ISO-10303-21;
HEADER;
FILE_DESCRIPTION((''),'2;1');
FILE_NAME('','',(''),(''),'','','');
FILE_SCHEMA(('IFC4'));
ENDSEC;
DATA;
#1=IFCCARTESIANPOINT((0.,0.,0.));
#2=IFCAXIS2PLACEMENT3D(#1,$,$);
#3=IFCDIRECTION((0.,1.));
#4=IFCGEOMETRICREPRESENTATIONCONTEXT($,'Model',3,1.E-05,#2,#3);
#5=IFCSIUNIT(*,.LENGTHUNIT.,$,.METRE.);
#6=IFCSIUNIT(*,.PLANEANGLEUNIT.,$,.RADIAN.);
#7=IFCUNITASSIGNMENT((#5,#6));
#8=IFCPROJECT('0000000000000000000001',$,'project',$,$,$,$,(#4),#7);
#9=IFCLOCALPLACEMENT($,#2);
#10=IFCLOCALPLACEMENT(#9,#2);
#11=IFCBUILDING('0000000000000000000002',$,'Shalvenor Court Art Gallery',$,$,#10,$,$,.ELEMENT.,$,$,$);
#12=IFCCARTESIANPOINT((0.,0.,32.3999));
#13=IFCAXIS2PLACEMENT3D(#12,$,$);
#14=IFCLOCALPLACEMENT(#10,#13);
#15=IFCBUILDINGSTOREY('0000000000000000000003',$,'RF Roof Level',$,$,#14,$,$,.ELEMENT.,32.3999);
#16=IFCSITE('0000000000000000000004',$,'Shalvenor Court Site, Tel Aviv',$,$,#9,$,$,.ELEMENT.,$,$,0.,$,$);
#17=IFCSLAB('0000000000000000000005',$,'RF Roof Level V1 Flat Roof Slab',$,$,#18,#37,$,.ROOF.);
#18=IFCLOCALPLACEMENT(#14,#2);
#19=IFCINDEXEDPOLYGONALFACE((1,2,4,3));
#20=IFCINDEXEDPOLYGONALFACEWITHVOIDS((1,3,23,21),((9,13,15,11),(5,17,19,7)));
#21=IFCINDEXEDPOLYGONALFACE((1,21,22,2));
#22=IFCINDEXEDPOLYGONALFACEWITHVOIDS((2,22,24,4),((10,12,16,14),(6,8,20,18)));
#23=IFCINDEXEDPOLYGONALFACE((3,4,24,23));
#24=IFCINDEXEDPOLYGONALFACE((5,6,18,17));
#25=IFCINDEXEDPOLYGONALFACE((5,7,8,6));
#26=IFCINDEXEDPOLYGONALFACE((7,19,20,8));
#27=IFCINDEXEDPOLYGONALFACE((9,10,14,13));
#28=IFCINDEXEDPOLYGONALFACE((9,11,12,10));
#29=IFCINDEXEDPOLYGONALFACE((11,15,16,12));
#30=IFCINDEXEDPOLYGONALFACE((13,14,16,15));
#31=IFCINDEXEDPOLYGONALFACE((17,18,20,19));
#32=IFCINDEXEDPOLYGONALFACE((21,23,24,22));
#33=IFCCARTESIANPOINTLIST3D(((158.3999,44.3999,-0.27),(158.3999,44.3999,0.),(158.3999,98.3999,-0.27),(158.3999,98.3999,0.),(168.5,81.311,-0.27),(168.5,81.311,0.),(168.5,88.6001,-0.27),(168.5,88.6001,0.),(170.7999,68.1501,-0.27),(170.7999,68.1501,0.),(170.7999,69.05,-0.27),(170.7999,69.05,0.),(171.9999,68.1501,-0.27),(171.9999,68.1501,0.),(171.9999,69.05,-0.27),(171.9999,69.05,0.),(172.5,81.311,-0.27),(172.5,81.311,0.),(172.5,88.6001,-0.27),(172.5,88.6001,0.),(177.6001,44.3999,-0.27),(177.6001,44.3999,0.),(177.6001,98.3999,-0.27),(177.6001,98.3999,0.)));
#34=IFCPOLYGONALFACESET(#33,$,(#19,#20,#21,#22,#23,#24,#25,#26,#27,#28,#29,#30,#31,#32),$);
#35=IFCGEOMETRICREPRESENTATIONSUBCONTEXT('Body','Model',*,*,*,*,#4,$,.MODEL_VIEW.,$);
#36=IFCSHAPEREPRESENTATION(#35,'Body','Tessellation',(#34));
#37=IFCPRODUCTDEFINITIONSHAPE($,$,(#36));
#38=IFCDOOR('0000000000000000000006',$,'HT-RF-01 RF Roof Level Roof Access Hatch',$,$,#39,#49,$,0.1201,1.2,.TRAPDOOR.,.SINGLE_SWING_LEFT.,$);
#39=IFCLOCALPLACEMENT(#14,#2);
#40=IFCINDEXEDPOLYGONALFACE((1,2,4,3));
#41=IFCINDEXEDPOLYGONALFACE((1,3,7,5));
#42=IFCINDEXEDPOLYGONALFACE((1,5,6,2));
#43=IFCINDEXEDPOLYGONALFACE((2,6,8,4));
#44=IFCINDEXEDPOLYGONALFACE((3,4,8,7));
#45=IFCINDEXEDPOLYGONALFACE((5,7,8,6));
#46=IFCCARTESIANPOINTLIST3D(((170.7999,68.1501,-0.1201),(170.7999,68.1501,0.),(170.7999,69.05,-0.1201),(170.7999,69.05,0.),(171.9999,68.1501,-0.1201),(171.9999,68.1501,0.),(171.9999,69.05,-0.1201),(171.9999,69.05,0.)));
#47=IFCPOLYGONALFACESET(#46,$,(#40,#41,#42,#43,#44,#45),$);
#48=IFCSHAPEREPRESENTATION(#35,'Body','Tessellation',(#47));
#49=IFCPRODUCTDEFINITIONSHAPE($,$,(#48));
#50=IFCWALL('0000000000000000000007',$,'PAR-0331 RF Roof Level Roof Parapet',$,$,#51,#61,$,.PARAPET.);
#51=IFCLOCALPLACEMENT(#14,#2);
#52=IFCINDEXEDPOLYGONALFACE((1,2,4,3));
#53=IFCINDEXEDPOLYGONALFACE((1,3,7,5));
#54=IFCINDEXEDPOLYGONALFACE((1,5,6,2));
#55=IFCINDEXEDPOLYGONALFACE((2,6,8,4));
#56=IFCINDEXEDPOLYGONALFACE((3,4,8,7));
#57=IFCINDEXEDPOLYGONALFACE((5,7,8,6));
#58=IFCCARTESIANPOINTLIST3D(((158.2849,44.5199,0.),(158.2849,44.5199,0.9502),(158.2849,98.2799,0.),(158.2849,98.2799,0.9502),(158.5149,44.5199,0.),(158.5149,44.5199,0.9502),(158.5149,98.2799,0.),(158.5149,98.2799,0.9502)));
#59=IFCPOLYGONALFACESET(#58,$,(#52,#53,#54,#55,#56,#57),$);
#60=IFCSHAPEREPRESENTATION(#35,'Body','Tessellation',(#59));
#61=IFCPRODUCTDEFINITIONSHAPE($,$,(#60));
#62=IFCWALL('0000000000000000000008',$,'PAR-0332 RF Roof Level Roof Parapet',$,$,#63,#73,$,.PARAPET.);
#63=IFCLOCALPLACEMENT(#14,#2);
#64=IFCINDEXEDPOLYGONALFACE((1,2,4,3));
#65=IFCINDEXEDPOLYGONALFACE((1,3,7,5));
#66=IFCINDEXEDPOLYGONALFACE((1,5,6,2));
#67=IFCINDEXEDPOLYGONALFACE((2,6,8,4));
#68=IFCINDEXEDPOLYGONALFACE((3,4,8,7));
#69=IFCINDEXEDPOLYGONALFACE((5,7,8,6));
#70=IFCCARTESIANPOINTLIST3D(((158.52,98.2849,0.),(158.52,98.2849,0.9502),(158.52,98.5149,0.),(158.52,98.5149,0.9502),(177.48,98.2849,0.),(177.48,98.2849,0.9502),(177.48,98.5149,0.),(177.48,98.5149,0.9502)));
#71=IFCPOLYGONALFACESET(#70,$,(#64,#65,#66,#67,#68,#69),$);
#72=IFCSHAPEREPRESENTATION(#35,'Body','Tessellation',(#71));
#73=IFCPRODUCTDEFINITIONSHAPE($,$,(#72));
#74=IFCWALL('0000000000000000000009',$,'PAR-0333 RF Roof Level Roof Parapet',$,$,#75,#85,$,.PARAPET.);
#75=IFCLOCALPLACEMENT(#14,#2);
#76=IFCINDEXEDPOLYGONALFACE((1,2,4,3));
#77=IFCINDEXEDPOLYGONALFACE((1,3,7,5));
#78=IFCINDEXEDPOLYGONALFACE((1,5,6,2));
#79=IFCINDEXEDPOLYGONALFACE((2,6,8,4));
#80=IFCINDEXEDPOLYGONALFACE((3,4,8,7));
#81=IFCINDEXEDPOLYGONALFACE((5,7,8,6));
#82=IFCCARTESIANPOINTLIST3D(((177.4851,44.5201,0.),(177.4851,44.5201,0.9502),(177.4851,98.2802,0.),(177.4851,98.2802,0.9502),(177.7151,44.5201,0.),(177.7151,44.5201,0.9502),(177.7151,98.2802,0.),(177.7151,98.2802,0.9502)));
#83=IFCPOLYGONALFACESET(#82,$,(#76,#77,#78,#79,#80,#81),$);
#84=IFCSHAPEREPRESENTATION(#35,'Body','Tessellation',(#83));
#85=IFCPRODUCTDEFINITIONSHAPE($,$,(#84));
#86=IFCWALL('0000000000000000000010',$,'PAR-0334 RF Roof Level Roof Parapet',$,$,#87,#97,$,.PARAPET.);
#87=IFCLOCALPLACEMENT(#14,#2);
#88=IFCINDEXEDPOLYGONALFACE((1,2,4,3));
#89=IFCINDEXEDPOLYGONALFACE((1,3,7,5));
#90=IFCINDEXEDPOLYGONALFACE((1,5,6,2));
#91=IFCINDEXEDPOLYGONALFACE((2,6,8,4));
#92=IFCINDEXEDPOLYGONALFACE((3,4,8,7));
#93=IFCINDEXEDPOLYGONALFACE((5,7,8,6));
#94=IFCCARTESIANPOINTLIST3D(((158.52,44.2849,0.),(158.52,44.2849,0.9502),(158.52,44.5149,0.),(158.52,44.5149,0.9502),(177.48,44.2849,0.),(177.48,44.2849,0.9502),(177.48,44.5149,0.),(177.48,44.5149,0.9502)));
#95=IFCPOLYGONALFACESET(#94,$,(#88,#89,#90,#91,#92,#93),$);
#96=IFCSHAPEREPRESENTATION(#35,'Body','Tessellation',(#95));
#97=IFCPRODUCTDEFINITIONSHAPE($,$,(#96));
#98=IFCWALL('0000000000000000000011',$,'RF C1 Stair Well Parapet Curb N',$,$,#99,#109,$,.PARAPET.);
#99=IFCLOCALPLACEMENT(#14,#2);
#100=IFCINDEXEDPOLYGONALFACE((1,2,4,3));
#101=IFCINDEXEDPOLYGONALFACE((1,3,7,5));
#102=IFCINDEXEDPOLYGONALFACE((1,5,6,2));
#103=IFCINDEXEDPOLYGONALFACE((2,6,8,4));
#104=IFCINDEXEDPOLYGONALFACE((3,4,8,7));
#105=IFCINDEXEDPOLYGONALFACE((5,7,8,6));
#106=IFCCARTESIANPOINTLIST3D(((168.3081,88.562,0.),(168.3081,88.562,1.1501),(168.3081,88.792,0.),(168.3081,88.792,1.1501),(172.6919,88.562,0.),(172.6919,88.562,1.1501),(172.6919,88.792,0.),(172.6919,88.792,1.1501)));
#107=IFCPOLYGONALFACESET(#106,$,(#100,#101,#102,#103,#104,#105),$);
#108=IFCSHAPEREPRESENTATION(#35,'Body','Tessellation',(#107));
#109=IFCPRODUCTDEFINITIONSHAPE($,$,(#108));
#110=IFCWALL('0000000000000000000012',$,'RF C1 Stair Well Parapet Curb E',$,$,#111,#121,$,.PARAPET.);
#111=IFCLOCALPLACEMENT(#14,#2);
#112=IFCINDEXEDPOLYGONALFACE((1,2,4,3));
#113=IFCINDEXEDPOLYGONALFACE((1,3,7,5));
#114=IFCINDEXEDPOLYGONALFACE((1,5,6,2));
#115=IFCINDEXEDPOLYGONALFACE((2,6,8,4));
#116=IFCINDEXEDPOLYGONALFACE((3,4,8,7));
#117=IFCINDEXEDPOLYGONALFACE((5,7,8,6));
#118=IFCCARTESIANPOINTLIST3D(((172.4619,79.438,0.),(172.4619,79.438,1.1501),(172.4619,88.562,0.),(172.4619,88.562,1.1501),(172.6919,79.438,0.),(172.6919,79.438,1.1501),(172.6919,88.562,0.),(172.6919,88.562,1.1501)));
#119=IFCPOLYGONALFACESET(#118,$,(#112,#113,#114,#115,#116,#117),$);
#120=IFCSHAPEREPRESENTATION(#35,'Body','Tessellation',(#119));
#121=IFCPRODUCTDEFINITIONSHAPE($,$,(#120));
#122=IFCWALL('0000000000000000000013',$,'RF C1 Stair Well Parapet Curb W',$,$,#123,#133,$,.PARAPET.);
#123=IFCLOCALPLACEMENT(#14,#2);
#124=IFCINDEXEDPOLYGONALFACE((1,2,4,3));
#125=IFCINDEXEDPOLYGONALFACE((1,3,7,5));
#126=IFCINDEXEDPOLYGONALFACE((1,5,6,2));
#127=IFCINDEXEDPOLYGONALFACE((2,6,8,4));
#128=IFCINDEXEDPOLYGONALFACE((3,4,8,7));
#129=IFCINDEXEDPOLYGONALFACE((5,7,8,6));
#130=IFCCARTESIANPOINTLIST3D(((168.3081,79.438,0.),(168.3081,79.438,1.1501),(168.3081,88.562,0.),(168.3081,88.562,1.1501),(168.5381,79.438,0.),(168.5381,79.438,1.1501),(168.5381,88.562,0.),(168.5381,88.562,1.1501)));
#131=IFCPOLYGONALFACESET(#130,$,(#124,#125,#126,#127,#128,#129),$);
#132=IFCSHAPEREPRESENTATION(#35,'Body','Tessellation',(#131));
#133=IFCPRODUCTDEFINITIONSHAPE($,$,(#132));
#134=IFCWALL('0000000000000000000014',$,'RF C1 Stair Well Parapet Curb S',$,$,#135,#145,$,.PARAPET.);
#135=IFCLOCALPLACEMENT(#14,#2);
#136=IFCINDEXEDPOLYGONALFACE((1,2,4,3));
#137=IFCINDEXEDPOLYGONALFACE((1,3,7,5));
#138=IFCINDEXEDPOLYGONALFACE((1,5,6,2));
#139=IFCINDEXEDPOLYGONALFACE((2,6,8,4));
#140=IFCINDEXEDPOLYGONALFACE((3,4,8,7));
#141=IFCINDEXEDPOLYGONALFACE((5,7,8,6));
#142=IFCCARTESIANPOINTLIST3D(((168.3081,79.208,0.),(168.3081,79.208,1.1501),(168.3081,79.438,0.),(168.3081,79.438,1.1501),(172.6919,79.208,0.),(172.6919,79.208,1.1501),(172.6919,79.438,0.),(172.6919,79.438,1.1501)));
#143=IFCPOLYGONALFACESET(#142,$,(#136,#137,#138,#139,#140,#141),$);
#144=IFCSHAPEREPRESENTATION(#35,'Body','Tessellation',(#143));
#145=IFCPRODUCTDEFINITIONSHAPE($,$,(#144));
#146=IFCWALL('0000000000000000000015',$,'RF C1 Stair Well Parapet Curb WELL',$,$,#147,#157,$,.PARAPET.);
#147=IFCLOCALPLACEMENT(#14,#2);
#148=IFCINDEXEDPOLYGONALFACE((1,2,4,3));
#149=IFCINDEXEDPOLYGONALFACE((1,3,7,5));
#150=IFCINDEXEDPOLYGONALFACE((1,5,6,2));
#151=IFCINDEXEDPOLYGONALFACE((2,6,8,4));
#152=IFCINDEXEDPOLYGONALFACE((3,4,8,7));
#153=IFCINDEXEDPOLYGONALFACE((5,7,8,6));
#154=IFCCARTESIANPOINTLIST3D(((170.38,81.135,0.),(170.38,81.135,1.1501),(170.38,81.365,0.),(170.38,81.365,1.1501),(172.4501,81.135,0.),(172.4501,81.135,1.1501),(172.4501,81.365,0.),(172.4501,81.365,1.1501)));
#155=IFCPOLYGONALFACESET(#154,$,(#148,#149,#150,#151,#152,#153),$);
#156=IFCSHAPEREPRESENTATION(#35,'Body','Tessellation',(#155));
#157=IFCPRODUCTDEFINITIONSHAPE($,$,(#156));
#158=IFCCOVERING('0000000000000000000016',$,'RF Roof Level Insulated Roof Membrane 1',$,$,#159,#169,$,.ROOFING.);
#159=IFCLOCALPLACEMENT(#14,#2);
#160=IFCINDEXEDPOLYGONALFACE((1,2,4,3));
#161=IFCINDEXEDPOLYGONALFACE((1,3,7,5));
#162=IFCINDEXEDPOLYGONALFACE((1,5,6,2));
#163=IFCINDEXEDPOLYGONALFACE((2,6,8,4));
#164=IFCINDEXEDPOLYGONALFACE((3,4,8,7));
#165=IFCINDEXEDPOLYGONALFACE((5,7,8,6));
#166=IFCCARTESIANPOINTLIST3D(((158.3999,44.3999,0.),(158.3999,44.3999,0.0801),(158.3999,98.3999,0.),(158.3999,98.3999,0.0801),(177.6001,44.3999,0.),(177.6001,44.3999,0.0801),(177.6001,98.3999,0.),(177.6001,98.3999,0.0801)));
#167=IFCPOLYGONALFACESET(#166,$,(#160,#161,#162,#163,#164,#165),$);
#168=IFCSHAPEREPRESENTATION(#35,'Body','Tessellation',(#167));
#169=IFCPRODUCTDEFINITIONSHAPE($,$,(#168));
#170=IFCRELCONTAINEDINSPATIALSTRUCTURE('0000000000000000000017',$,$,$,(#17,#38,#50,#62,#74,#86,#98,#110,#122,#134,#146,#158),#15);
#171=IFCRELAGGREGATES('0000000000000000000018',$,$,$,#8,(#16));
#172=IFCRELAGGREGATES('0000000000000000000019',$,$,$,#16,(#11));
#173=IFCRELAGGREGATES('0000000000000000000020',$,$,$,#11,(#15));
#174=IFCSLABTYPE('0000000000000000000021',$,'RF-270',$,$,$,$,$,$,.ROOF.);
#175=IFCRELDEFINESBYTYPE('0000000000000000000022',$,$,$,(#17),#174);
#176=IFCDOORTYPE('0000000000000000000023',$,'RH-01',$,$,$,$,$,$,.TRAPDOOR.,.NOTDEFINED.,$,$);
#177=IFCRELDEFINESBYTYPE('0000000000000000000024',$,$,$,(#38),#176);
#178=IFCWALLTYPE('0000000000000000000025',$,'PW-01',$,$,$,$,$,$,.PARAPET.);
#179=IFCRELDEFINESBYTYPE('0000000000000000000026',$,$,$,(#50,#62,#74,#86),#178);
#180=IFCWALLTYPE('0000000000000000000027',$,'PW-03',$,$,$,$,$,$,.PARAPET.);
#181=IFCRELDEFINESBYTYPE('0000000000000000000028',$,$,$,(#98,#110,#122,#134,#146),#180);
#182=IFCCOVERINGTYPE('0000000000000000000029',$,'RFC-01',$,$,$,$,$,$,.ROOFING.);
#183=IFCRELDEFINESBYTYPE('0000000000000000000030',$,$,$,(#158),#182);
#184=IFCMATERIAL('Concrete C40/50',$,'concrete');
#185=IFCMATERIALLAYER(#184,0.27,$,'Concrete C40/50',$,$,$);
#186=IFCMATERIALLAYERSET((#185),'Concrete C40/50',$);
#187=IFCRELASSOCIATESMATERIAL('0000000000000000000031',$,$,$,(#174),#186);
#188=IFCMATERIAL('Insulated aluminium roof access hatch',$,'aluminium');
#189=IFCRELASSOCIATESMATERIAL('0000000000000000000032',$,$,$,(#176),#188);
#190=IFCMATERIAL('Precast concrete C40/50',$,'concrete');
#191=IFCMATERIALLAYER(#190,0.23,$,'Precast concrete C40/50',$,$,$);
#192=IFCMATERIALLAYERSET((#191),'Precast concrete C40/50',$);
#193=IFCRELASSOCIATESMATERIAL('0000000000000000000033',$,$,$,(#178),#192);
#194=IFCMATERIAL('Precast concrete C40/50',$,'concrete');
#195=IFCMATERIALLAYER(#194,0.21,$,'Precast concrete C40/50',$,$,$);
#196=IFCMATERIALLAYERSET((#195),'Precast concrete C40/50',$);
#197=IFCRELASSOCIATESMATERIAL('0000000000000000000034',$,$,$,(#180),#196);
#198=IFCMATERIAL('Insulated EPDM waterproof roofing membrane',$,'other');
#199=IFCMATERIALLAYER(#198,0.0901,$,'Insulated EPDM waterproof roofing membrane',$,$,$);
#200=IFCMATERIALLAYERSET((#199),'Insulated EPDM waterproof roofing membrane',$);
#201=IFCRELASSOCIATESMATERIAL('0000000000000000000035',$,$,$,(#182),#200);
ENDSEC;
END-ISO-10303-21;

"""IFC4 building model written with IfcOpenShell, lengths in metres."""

from ifc_helpers import new_model, si_unit, direction, frame, frame_2d, origin, origin_2d, place, context, subcontext, project, spatial, polyline, rectangle, outline, extrude, material, layer, layer_set, type_object, element, fill, save


model = new_model("IFC4")

# Units and contexts
model_context = context("Model", 3, precision=1e-05, world=origin(), true_north=direction((0.0, 1.0)))
body_context = subcontext(model_context, "Body", "Model", "MODEL_VIEW")
ifc_project = project(units=[si_unit("LENGTHUNIT", "METRE"), si_unit("PLANEANGLEUNIT", "RADIAN")], contexts=[model_context])

# Site, building, storey
site_placement = place(None, origin())
site = spatial("IfcSite", under=ifc_project, at=site_placement, Name="Shalvenor Court Site, Tel Aviv", CompositionType="ELEMENT", RefElevation=0.0)
building_placement = place(site_placement, origin())
building = spatial("IfcBuilding", under=site, at=building_placement, Name="Shalvenor Court Art Gallery", CompositionType="ELEMENT")
storey_placement = place(building_placement, frame((0.0, 0.0, 32.3999)))
storey = spatial("IfcBuildingStorey", under=building, at=storey_placement, Name="RF Roof Level", CompositionType="ELEMENT", Elevation=32.3999)

# Slab, opening, door
ifc_material_1 = material(Name="Concrete C40/50", Category="concrete")
ifc_layer_1 = layer(ifc_material_1, 0.27, Name="Concrete C40/50")
ifc_layer_set_1 = layer_set([ifc_layer_1], Name="Concrete C40/50")
slab_type = type_object("IfcSlabType", Name="RF-270", PredefinedType="ROOF", material=ifc_layer_set_1)
slab_placement = place(storey_placement, frame((0.0, 0.0, -0.27)))
slab = element("IfcSlab", 1, at=slab_placement, inside=storey, type_object=slab_type, Name="RF Roof Level V1 Flat Roof Slab", PredefinedType="ROOF", context=body_context, shape_type="SweptSolid", body=[
    extrude(outline(polyline([(158.3999, 44.3999), (158.3999, 98.3999), (177.6001, 98.3999), (177.6001, 44.3999), (158.3999, 44.3999)]), holes=[polyline([(172.5, 88.6001), (168.5, 88.6001), (168.5, 81.311), (172.5, 81.311), (172.5, 88.6001)])]), origin(), (0.0, 0.0, 1.0), 0.27),
])
opening_placement = place(slab_placement, frame((171.3999, 68.6001, -0.01), z_axis=(0.0, 0.0, 1.0), x_axis=(1.0, 0.0, 0.0)))
opening = element("IfcOpeningElement", 2, at=opening_placement, cuts=slab, PredefinedType="OPENING", context=body_context, shape_type="SweptSolid", body=[
    extrude(rectangle(XDim=1.2, YDim=0.8999, at=origin_2d()), origin(), (0.0, 0.0, 1.0), 0.29),
])
ifc_material_2 = material(Name="Insulated aluminium roof access hatch", Category="aluminium")
door_type = type_object("IfcDoorType", Name="RH-01", OperationType="NOTDEFINED", PredefinedType="TRAPDOOR", material=ifc_material_2)
door_placement = place(slab_placement, frame((171.3999, 68.6001, 0.1499), z_axis=(0.0, 0.0, 1.0), x_axis=(1.0, 0.0, 0.0)))
door = element("IfcDoor", 3, at=door_placement, inside=storey, type_object=door_type, Name="HT-RF-01 RF Roof Level Roof Access Hatch", OperationType="SINGLE_SWING_LEFT", OverallHeight=0.1201, OverallWidth=1.2, PredefinedType="TRAPDOOR", context=body_context, shape_type="SweptSolid", body=[
    extrude(rectangle(XDim=1.2, YDim=0.8999, at=origin_2d()), origin(), (0.0, 0.0, 1.0), 0.1201),
])
fill(opening, door)

# Walls
ifc_material_3 = material(Name="Precast concrete C40/50", Category="concrete")
ifc_layer_2 = layer(ifc_material_3, 0.23, Name="Precast concrete C40/50")
ifc_layer_set_2 = layer_set([ifc_layer_2], Name="Precast concrete C40/50")
wall_type_1 = type_object("IfcWallType", Name="PW-01", PredefinedType="PARAPET", material=ifc_layer_set_2)
wall_1_placement = place(storey_placement, frame((158.3999, 44.52, 0.0), z_axis=(0.0, 0.0, 1.0), x_axis=(0.0, 1.0, 0.0)))
element("IfcWall", 4, at=wall_1_placement, inside=storey, type_object=wall_type_1, Name="PAR-0331 RF Roof Level Roof Parapet", PredefinedType="PARAPET", context=body_context, shape_type="SweptSolid", body=[
    extrude(rectangle(XDim=53.76, YDim=0.23, at=frame_2d((26.8799, 0.0))), origin(), (0.0, 0.0, 1.0), 0.9502),
])
wall_2_placement = place(storey_placement, frame((158.52, 98.3999, 0.0), z_axis=(0.0, 0.0, 1.0), x_axis=(1.0, 0.0, 0.0)))
element("IfcWall", 5, at=wall_2_placement, inside=storey, type_object=wall_type_1, Name="PAR-0332 RF Roof Level Roof Parapet", PredefinedType="PARAPET", context=body_context, shape_type="SweptSolid", body=[
    extrude(rectangle(XDim=18.96, YDim=0.23, at=frame_2d((9.48, 0.0))), origin(), (0.0, 0.0, 1.0), 0.9502),
])
wall_3_placement = place(storey_placement, frame((177.6001, 98.28, 0.0), z_axis=(0.0, 0.0, 1.0), x_axis=(0.0, -1.0, 0.0)))
element("IfcWall", 6, at=wall_3_placement, inside=storey, type_object=wall_type_1, Name="PAR-0333 RF Roof Level Roof Parapet", PredefinedType="PARAPET", context=body_context, shape_type="SweptSolid", body=[
    extrude(rectangle(XDim=53.76, YDim=0.23, at=frame_2d((26.8799, 0.0))), origin(), (0.0, 0.0, 1.0), 0.9502),
])
wall_4_placement = place(storey_placement, frame((177.48, 44.3999, 0.0), z_axis=(0.0, 0.0, 1.0), x_axis=(-1.0, 0.0, 0.0)))
element("IfcWall", 7, at=wall_4_placement, inside=storey, type_object=wall_type_1, Name="PAR-0334 RF Roof Level Roof Parapet", PredefinedType="PARAPET", context=body_context, shape_type="SweptSolid", body=[
    extrude(rectangle(XDim=18.96, YDim=0.23, at=frame_2d((9.48, 0.0))), origin(), (0.0, 0.0, 1.0), 0.9502),
])
ifc_material_4 = material(Name="Precast concrete C40/50", Category="concrete")
ifc_layer_3 = layer(ifc_material_4, 0.21, Name="Precast concrete C40/50")
ifc_layer_set_3 = layer_set([ifc_layer_3], Name="Precast concrete C40/50")
wall_type_2 = type_object("IfcWallType", Name="PW-03", PredefinedType="PARAPET", material=ifc_layer_set_3)
wall_5_placement = place(storey_placement, frame((168.3081, 88.677, 0.0), z_axis=(0.0, 0.0, 1.0), x_axis=(1.0, 0.0, 0.0)))
element("IfcWall", 8, at=wall_5_placement, inside=storey, type_object=wall_type_2, Name="RF C1 Stair Well Parapet Curb N", PredefinedType="PARAPET", context=body_context, shape_type="SweptSolid", body=[
    extrude(rectangle(XDim=4.3838, YDim=0.23, at=frame_2d((2.1919, 0.0))), origin(), (0.0, 0.0, 1.0), 1.1501),
])
for number, where, z_axis, x_axis, name in (
    (9, (172.5769, 88.562, 0.0), (0.0, 0.0, 1.0), (0.0, -1.0, 0.0), "RF C1 Stair Well Parapet Curb E"),
    (10, (168.4231, 79.438, 0.0), (0.0, 0.0, 1.0), (0.0, 1.0, 0.0), "RF C1 Stair Well Parapet Curb W"),
):
    element("IfcWall", number, at=place(storey_placement, frame(where, z_axis=z_axis, x_axis=x_axis)), inside=storey, type_object=wall_type_2, Name=name, PredefinedType="PARAPET", context=body_context, shape_type="SweptSolid", body=[
        extrude(rectangle(XDim=9.124, YDim=0.23, at=frame_2d((4.562, 0.0))), origin(), (0.0, 0.0, 1.0), 1.1501),
    ])
wall_6_placement = place(storey_placement, frame((168.3081, 79.323, 0.0), z_axis=(0.0, 0.0, 1.0), x_axis=(1.0, 0.0, 0.0)))
element("IfcWall", 11, at=wall_6_placement, inside=storey, type_object=wall_type_2, Name="RF C1 Stair Well Parapet Curb S", PredefinedType="PARAPET", context=body_context, shape_type="SweptSolid", body=[
    extrude(rectangle(XDim=4.3838, YDim=0.23, at=frame_2d((2.1919, 0.0))), origin(), (0.0, 0.0, 1.0), 1.1501),
])
wall_7_placement = place(storey_placement, frame((170.3799, 81.25, 0.0), z_axis=(0.0, 0.0, 1.0), x_axis=(1.0, 0.0, 0.0)))
element("IfcWall", 12, at=wall_7_placement, inside=storey, type_object=wall_type_2, Name="RF C1 Stair Well Parapet Curb WELL", PredefinedType="PARAPET", context=body_context, shape_type="SweptSolid", body=[
    extrude(rectangle(XDim=2.0701, YDim=0.23, at=frame_2d((1.0352, 0.0))), origin(), (0.0, 0.0, 1.0), 1.1501),
])

# Covering
ifc_material_5 = material(Name="Insulated EPDM waterproof roofing membrane", Category="other")
ifc_layer_4 = layer(ifc_material_5, 0.0901, Name="Insulated EPDM waterproof roofing membrane")
ifc_layer_set_4 = layer_set([ifc_layer_4], Name="Insulated EPDM waterproof roofing membrane")
covering_type = type_object("IfcCoveringType", Name="RFC-01", PredefinedType="ROOFING", material=ifc_layer_set_4)
covering_placement = place(storey_placement, origin())
element("IfcCovering", 13, at=covering_placement, inside=storey, type_object=covering_type, Name="RF Roof Level Insulated Roof Membrane 1", PredefinedType="ROOFING", context=body_context, shape_type="SweptSolid", body=[
    extrude(outline(polyline([(158.3999, 44.3999), (158.3999, 98.3999), (177.6001, 98.3999), (177.6001, 44.3999), (158.3999, 44.3999)])), origin(), (0.0, 0.0, 1.0), 0.0801),
])

save(model, "model.ifc")
